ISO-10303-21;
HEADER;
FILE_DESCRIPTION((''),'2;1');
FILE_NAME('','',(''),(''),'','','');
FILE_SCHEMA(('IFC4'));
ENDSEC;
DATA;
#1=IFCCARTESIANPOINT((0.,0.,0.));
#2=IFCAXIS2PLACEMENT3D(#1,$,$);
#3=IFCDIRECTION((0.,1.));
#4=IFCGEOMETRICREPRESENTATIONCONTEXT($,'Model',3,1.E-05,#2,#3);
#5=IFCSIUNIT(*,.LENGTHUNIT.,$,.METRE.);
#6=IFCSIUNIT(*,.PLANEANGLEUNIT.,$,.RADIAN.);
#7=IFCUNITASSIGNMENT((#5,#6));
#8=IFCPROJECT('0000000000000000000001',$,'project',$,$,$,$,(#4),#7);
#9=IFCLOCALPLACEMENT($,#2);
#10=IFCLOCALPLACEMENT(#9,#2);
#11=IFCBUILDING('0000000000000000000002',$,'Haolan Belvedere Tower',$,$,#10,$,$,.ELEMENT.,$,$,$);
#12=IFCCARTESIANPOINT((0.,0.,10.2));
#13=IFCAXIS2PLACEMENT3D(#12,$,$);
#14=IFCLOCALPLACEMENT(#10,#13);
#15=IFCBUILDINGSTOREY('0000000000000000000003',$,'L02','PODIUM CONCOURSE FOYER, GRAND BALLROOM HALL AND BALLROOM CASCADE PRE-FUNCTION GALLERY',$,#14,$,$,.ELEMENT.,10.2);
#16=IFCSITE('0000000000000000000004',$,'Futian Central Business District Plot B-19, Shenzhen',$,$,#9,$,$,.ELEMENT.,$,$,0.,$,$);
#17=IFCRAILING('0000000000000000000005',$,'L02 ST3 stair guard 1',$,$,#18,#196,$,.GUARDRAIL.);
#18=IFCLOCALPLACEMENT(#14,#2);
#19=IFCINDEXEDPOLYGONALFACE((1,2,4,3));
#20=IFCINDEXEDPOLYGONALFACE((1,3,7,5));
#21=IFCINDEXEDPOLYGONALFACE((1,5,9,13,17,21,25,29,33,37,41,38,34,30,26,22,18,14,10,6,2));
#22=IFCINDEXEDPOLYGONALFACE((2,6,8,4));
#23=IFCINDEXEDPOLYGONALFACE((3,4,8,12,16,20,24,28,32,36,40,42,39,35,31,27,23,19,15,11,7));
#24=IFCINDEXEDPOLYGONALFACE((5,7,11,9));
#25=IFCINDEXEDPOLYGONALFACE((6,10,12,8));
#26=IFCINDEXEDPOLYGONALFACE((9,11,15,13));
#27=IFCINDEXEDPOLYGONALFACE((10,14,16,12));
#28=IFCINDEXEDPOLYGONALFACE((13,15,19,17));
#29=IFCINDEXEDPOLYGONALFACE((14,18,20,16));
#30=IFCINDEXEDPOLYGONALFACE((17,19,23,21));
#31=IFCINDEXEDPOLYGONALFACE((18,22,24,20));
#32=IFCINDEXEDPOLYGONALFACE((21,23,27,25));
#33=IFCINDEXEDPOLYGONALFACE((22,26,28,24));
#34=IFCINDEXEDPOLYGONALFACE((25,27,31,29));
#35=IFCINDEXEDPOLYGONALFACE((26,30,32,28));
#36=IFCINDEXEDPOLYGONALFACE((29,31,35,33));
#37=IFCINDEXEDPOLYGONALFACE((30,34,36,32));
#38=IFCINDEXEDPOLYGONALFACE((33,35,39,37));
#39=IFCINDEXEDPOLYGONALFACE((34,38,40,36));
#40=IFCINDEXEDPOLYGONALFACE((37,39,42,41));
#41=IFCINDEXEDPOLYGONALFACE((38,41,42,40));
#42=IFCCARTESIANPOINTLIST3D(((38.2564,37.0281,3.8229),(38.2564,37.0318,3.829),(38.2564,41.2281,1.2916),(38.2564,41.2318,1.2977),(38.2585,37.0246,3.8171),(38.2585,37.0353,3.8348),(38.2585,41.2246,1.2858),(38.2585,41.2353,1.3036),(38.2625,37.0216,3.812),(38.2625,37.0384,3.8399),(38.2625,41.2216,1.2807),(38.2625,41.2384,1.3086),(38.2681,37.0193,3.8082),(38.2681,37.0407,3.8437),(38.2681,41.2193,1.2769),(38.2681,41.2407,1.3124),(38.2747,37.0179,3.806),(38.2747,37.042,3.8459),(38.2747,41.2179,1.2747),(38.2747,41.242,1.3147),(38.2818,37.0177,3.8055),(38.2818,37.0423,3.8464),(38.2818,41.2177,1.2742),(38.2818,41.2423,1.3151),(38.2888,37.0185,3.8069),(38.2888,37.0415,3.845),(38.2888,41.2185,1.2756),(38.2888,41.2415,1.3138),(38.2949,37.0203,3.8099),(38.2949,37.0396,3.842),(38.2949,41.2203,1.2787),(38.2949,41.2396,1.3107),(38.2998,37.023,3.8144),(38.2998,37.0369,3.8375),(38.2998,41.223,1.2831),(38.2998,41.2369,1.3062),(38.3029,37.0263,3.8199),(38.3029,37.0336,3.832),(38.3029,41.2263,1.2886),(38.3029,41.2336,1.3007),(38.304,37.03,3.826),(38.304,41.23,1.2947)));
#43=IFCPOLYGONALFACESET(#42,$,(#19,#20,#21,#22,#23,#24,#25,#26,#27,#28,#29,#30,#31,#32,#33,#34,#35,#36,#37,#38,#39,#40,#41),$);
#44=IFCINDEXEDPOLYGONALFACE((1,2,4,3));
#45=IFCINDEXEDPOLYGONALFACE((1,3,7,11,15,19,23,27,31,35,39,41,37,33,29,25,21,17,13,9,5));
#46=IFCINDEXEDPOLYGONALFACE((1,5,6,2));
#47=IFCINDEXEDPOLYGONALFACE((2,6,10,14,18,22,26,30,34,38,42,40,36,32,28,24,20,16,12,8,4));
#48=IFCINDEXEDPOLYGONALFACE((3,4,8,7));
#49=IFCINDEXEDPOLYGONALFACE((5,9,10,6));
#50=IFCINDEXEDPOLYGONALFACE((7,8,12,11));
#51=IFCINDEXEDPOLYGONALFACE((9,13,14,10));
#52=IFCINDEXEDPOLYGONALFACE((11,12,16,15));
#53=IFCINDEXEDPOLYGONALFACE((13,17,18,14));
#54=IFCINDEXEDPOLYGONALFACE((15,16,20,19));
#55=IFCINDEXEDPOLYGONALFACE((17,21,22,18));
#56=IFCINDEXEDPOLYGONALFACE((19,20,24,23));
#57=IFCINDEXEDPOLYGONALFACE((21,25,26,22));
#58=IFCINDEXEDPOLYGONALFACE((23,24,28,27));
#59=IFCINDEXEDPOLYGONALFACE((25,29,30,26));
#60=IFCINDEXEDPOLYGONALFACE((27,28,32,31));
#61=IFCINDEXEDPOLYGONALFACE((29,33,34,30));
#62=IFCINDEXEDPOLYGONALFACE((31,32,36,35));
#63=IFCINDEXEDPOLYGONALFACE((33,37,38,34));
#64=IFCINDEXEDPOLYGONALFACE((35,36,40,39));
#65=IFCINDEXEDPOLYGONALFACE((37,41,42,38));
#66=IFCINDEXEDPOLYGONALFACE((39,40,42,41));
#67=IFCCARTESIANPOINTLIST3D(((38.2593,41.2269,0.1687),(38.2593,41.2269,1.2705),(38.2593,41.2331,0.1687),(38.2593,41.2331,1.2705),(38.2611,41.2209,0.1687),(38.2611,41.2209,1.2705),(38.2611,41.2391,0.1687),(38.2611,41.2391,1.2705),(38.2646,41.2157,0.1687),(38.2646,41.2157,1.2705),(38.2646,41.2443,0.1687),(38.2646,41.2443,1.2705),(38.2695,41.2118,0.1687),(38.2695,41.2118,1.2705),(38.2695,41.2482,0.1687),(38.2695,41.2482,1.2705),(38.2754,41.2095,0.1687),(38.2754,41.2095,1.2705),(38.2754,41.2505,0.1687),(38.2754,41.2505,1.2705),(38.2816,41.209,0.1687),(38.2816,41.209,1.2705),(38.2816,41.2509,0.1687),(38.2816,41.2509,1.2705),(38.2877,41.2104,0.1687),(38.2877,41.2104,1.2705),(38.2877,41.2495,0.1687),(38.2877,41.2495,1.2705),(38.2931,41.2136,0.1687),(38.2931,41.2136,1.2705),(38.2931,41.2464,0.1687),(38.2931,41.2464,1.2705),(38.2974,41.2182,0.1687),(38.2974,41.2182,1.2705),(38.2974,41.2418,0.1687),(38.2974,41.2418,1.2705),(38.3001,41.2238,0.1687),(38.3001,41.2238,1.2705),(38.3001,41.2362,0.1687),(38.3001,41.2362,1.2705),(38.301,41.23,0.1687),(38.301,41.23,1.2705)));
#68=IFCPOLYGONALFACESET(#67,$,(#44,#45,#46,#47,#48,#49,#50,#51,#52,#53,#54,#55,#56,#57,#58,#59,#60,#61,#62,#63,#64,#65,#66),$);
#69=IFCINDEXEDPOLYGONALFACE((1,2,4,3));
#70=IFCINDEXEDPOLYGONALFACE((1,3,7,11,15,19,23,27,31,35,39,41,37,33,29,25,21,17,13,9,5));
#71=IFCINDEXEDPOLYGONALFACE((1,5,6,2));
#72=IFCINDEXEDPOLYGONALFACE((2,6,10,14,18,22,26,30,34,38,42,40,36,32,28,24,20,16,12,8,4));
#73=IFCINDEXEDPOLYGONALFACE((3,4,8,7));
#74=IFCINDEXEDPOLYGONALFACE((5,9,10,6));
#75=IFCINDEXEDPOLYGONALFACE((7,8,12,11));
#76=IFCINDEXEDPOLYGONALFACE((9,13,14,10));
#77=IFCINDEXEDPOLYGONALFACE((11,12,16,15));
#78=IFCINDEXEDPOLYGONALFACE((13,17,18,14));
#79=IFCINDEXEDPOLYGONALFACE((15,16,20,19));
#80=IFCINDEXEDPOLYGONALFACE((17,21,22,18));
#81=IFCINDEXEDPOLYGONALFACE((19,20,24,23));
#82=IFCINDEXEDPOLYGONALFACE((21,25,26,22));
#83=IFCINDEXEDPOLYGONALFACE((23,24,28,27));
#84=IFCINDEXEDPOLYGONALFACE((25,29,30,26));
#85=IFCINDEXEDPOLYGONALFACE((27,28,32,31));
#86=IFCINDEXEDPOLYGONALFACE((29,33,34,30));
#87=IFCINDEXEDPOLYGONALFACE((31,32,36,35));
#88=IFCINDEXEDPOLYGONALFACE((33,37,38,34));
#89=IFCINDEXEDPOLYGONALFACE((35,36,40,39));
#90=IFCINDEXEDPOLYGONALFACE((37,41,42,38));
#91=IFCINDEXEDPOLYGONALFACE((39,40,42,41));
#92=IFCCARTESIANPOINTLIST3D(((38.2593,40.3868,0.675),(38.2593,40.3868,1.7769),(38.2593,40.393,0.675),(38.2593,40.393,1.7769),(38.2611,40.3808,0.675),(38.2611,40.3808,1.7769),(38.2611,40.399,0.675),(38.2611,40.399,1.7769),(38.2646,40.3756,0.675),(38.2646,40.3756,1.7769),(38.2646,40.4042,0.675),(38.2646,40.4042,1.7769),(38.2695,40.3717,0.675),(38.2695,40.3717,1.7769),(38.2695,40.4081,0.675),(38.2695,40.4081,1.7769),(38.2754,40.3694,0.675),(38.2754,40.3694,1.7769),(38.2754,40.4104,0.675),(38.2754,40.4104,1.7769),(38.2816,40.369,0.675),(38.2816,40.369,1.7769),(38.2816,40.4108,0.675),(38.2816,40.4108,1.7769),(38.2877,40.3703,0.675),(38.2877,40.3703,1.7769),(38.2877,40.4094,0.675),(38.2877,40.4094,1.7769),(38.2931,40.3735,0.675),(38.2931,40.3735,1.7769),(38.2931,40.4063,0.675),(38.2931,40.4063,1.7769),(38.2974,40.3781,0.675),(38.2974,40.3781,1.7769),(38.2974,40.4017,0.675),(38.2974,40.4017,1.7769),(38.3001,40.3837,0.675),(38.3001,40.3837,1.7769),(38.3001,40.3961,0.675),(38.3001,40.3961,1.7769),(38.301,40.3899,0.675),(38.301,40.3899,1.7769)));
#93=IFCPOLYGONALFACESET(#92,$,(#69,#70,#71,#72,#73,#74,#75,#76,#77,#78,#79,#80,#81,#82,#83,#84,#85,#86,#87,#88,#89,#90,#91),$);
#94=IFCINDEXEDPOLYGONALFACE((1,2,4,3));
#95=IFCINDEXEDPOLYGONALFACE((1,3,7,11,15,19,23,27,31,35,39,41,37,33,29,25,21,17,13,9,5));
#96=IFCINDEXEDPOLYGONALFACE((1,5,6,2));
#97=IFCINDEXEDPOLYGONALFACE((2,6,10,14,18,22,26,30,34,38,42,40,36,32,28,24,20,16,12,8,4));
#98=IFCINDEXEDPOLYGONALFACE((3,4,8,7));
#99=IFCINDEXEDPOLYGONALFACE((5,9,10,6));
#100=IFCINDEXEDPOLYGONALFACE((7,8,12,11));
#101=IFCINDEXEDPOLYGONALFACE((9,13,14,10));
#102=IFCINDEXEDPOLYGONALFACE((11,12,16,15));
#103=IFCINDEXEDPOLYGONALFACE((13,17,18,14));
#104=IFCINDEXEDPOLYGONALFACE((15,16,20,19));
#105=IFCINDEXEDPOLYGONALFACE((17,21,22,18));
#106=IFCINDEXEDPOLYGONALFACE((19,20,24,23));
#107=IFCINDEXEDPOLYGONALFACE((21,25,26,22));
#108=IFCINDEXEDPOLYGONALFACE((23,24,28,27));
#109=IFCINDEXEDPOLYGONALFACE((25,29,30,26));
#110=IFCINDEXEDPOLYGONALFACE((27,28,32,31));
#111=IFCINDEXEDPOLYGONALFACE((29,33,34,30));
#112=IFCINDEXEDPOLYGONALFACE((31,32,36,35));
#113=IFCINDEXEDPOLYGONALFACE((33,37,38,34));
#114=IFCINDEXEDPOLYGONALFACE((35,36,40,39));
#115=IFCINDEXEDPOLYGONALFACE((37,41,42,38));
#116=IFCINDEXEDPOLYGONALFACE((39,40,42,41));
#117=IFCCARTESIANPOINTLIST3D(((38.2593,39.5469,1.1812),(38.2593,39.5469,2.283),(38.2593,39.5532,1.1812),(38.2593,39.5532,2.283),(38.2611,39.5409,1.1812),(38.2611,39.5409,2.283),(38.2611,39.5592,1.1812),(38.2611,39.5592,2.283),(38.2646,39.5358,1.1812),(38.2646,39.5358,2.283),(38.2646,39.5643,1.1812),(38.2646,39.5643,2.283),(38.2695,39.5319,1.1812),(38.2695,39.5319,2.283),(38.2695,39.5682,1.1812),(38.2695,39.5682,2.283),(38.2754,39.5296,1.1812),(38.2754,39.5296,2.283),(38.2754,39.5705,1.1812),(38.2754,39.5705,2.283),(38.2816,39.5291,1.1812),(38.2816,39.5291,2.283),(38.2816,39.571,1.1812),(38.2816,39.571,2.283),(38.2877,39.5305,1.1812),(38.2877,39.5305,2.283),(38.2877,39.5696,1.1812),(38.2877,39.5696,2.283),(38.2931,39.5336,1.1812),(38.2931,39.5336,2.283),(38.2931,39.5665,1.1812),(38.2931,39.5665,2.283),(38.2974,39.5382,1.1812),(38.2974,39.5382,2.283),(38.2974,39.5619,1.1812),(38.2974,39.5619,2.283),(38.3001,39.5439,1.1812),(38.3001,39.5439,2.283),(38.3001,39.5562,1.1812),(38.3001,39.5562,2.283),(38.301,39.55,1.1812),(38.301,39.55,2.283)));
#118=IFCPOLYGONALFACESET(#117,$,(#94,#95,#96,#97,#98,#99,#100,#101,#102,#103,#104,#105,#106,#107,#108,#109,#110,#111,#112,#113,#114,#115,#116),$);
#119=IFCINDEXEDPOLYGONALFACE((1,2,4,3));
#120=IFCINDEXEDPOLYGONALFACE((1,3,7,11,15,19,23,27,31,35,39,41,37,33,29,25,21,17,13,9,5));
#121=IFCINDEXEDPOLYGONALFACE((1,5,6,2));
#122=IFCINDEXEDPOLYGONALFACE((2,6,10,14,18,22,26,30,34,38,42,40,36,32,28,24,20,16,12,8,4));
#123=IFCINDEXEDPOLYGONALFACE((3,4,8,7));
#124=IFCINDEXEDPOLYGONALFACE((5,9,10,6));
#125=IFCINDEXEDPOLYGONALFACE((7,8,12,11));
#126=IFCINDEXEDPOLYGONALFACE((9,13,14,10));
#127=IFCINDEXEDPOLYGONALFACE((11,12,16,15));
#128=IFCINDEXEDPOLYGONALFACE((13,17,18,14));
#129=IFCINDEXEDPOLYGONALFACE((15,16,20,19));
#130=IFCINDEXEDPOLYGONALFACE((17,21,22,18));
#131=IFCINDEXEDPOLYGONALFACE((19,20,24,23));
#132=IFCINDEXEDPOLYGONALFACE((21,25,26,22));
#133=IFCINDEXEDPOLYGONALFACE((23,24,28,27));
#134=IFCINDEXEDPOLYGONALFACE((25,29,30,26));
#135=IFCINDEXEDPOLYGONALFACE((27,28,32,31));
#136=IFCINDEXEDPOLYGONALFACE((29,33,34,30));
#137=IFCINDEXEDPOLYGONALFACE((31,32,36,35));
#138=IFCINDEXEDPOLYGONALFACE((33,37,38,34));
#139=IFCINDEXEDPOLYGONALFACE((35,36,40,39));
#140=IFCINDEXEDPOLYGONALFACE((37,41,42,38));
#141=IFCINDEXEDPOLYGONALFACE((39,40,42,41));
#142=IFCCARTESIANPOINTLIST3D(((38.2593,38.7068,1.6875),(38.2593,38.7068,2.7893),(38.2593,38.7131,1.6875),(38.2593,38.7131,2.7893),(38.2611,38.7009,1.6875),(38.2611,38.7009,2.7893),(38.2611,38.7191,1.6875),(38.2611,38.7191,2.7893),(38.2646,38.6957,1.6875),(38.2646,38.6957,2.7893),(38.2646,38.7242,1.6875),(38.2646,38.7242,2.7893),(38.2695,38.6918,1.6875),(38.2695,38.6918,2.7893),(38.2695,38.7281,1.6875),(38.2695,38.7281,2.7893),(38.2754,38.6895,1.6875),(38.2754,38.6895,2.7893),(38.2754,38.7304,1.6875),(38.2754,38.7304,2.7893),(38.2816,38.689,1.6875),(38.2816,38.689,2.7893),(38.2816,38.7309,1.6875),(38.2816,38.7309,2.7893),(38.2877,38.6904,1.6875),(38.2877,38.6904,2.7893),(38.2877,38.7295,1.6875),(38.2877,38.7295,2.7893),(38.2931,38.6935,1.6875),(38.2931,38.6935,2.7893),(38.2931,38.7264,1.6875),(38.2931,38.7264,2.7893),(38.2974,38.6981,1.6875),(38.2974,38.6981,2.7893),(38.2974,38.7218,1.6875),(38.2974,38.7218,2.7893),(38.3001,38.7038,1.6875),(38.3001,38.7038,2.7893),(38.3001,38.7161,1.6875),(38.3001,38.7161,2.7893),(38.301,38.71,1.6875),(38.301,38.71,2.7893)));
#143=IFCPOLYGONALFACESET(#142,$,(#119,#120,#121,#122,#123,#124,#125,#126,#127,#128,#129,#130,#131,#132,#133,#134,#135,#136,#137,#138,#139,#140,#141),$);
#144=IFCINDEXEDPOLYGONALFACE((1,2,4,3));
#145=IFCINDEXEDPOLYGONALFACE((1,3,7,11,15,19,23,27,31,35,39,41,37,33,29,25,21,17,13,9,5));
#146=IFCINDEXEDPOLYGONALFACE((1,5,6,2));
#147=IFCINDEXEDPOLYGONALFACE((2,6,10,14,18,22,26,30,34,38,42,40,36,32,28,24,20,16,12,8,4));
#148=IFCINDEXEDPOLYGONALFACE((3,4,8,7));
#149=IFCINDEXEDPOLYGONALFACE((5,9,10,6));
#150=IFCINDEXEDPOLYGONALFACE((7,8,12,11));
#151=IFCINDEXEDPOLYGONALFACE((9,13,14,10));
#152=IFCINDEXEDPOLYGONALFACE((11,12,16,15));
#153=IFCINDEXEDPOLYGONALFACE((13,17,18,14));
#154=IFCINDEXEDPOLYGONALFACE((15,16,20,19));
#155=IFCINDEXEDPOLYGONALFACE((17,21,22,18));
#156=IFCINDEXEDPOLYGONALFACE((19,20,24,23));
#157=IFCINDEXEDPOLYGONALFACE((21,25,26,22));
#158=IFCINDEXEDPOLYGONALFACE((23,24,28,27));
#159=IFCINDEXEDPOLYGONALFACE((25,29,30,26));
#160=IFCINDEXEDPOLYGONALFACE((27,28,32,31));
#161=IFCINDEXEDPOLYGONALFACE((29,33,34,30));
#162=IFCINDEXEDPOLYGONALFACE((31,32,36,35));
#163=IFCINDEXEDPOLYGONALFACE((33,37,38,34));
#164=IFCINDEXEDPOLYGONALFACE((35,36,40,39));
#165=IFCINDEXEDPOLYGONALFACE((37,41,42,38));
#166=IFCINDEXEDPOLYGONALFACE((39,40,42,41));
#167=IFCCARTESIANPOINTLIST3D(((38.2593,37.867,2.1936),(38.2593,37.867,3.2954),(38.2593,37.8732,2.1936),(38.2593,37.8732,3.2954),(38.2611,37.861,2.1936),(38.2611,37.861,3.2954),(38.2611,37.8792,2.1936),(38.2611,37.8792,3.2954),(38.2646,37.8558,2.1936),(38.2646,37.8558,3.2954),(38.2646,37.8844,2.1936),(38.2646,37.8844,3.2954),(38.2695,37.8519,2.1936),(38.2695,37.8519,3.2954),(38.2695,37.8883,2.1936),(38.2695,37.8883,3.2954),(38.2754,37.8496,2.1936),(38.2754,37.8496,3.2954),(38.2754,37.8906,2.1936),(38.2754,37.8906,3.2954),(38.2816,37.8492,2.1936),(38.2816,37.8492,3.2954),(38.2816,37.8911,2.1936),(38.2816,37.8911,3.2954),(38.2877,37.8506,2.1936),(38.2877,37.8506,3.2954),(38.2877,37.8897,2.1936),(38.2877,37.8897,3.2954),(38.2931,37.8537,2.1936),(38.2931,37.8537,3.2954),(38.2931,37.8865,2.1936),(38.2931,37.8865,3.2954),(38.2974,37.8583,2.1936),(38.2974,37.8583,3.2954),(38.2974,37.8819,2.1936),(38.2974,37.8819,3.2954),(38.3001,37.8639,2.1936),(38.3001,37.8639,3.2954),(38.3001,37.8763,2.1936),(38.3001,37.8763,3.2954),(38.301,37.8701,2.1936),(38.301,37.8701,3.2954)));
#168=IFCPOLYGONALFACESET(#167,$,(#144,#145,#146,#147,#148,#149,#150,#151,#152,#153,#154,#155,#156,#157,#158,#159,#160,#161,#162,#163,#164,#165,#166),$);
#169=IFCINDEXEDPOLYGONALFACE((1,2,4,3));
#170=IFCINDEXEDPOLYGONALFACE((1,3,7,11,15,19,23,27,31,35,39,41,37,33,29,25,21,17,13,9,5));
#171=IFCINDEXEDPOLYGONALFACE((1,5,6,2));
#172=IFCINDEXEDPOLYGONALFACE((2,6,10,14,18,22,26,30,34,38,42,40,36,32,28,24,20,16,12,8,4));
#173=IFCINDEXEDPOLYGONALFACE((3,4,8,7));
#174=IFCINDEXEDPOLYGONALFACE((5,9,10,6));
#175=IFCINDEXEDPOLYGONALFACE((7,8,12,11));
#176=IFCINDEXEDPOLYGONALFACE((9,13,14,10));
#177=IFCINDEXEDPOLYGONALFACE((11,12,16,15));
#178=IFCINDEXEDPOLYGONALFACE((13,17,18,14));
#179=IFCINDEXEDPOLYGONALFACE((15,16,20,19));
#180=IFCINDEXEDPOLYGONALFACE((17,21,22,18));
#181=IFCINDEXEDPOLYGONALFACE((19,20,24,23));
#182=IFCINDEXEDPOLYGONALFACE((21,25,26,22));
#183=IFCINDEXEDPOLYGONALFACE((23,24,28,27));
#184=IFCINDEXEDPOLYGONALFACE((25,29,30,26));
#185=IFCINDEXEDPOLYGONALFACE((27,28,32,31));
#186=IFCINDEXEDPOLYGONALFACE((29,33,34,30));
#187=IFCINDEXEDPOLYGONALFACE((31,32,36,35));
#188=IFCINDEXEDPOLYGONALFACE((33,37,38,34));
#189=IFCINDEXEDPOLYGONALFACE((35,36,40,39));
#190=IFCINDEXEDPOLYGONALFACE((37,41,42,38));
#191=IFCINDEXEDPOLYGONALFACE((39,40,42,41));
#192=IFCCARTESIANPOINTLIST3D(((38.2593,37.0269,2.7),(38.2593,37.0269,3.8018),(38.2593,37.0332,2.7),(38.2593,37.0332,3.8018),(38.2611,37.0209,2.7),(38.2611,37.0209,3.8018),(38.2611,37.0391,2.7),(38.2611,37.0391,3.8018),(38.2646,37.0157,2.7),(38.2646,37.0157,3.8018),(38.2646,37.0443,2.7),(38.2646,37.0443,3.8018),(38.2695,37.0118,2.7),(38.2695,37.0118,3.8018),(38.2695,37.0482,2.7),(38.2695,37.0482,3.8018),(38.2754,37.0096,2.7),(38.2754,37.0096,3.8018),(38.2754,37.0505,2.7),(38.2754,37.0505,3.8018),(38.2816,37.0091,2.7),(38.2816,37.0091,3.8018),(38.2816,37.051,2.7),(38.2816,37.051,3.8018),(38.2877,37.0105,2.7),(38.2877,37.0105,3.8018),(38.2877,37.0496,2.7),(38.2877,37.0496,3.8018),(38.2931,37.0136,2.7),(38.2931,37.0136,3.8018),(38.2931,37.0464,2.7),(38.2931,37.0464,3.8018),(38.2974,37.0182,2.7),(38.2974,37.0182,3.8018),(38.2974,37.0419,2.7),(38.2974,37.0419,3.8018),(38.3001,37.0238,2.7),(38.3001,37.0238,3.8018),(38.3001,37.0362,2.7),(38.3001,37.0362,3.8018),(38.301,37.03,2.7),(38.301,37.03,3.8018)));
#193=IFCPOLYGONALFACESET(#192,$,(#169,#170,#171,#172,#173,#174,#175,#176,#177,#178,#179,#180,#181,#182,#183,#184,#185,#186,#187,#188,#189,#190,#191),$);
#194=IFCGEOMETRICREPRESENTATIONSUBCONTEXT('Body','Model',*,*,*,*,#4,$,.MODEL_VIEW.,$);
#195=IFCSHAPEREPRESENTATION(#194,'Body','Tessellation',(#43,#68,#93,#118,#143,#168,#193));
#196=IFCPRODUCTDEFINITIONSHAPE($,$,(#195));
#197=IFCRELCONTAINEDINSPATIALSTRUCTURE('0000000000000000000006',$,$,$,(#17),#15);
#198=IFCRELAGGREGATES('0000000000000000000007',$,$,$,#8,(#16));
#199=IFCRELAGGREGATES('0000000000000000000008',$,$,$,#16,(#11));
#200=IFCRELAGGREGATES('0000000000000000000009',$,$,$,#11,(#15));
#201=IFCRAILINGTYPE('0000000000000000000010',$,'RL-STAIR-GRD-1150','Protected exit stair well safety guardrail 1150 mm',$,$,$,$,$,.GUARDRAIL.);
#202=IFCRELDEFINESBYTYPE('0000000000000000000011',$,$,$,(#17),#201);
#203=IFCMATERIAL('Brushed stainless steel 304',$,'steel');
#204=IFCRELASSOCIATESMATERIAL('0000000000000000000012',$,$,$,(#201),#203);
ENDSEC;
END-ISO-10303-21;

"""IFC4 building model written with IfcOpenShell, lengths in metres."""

from ifc_helpers import new_model, si_unit, direction, frame, origin, origin_2d, place, context, subcontext, project, spatial, circle, extrude, material, type_object, element, save


model = new_model("IFC4")

# Units and contexts
model_context = context("Model", 3, precision=1e-05, world=origin(), true_north=direction((0.0, 1.0)))
body_context = subcontext(model_context, "Body", "Model", "MODEL_VIEW")
ifc_project = project(units=[si_unit("LENGTHUNIT", "METRE"), si_unit("PLANEANGLEUNIT", "RADIAN")], contexts=[model_context])

# Site, building, storey
site_placement = place(None, origin())
site = spatial("IfcSite", under=ifc_project, at=site_placement, Name="Futian Central Business District Plot B-19, Shenzhen", CompositionType="ELEMENT", RefElevation=0.0)
building_placement = place(site_placement, origin())
building = spatial("IfcBuilding", under=site, at=building_placement, Name="Haolan Belvedere Tower", CompositionType="ELEMENT")
storey_placement = place(building_placement, frame((0.0, 0.0, 10.2)))
storey = spatial("IfcBuildingStorey", under=building, at=storey_placement, Name="L02", Description="PODIUM CONCOURSE FOYER, GRAND BALLROOM HALL AND BALLROOM CASCADE PRE-FUNCTION GALLERY", CompositionType="ELEMENT", Elevation=10.2)

# Railing
ifc_material_1 = material(Name="Brushed stainless steel 304", Category="steel")
railing_type_1 = type_object("IfcRailingType", Name="RL-STAIR-GRD-1150", Description="Protected exit stair well safety guardrail 1150 mm", PredefinedType="GUARDRAIL", material=ifc_material_1)
railing_1_placement = place(storey_placement, frame((38.28, 41.23, 0.1687)))
element("IfcRailing", 1, at=railing_1_placement, inside=storey, type_object=railing_type_1, Name="L02 ST3 stair guard 1", PredefinedType="GUARDRAIL", context=body_context, shape_type="SweptSolid", body=[
    extrude(circle(Radius=0.0239, at=origin_2d()), frame((0.0, 0.0, 1.126), z_axis=(0.0, -0.856476, 0.516186), x_axis=(1.0, 0.0, 0.0)), (0.0, 0.0, 1.0), 4.9038),
    extrude(circle(Radius=0.021, at=origin_2d()), origin(), (0.0, 0.0, 1.0), 1.1018),
    extrude(circle(Radius=0.021, at=origin_2d()), frame((0.0, -0.8401, 0.5063)), (0.0, 0.0, 1.0), 1.1018),
    extrude(circle(Radius=0.021, at=origin_2d()), frame((0.0, -1.6799, 1.0125)), (0.0, 0.0, 1.0), 1.1018),
    extrude(circle(Radius=0.021, at=origin_2d()), frame((0.0, -2.52, 1.5188)), (0.0, 0.0, 1.0), 1.1018),
    extrude(circle(Radius=0.021, at=origin_2d()), frame((0.0, -3.3599, 2.0249)), (0.0, 0.0, 1.0), 1.1018),
    extrude(circle(Radius=0.021, at=origin_2d()), frame((0.0, -4.2, 2.5312)), (0.0, 0.0, 1.0), 1.1018),
])

save(model, "model.ifc")
